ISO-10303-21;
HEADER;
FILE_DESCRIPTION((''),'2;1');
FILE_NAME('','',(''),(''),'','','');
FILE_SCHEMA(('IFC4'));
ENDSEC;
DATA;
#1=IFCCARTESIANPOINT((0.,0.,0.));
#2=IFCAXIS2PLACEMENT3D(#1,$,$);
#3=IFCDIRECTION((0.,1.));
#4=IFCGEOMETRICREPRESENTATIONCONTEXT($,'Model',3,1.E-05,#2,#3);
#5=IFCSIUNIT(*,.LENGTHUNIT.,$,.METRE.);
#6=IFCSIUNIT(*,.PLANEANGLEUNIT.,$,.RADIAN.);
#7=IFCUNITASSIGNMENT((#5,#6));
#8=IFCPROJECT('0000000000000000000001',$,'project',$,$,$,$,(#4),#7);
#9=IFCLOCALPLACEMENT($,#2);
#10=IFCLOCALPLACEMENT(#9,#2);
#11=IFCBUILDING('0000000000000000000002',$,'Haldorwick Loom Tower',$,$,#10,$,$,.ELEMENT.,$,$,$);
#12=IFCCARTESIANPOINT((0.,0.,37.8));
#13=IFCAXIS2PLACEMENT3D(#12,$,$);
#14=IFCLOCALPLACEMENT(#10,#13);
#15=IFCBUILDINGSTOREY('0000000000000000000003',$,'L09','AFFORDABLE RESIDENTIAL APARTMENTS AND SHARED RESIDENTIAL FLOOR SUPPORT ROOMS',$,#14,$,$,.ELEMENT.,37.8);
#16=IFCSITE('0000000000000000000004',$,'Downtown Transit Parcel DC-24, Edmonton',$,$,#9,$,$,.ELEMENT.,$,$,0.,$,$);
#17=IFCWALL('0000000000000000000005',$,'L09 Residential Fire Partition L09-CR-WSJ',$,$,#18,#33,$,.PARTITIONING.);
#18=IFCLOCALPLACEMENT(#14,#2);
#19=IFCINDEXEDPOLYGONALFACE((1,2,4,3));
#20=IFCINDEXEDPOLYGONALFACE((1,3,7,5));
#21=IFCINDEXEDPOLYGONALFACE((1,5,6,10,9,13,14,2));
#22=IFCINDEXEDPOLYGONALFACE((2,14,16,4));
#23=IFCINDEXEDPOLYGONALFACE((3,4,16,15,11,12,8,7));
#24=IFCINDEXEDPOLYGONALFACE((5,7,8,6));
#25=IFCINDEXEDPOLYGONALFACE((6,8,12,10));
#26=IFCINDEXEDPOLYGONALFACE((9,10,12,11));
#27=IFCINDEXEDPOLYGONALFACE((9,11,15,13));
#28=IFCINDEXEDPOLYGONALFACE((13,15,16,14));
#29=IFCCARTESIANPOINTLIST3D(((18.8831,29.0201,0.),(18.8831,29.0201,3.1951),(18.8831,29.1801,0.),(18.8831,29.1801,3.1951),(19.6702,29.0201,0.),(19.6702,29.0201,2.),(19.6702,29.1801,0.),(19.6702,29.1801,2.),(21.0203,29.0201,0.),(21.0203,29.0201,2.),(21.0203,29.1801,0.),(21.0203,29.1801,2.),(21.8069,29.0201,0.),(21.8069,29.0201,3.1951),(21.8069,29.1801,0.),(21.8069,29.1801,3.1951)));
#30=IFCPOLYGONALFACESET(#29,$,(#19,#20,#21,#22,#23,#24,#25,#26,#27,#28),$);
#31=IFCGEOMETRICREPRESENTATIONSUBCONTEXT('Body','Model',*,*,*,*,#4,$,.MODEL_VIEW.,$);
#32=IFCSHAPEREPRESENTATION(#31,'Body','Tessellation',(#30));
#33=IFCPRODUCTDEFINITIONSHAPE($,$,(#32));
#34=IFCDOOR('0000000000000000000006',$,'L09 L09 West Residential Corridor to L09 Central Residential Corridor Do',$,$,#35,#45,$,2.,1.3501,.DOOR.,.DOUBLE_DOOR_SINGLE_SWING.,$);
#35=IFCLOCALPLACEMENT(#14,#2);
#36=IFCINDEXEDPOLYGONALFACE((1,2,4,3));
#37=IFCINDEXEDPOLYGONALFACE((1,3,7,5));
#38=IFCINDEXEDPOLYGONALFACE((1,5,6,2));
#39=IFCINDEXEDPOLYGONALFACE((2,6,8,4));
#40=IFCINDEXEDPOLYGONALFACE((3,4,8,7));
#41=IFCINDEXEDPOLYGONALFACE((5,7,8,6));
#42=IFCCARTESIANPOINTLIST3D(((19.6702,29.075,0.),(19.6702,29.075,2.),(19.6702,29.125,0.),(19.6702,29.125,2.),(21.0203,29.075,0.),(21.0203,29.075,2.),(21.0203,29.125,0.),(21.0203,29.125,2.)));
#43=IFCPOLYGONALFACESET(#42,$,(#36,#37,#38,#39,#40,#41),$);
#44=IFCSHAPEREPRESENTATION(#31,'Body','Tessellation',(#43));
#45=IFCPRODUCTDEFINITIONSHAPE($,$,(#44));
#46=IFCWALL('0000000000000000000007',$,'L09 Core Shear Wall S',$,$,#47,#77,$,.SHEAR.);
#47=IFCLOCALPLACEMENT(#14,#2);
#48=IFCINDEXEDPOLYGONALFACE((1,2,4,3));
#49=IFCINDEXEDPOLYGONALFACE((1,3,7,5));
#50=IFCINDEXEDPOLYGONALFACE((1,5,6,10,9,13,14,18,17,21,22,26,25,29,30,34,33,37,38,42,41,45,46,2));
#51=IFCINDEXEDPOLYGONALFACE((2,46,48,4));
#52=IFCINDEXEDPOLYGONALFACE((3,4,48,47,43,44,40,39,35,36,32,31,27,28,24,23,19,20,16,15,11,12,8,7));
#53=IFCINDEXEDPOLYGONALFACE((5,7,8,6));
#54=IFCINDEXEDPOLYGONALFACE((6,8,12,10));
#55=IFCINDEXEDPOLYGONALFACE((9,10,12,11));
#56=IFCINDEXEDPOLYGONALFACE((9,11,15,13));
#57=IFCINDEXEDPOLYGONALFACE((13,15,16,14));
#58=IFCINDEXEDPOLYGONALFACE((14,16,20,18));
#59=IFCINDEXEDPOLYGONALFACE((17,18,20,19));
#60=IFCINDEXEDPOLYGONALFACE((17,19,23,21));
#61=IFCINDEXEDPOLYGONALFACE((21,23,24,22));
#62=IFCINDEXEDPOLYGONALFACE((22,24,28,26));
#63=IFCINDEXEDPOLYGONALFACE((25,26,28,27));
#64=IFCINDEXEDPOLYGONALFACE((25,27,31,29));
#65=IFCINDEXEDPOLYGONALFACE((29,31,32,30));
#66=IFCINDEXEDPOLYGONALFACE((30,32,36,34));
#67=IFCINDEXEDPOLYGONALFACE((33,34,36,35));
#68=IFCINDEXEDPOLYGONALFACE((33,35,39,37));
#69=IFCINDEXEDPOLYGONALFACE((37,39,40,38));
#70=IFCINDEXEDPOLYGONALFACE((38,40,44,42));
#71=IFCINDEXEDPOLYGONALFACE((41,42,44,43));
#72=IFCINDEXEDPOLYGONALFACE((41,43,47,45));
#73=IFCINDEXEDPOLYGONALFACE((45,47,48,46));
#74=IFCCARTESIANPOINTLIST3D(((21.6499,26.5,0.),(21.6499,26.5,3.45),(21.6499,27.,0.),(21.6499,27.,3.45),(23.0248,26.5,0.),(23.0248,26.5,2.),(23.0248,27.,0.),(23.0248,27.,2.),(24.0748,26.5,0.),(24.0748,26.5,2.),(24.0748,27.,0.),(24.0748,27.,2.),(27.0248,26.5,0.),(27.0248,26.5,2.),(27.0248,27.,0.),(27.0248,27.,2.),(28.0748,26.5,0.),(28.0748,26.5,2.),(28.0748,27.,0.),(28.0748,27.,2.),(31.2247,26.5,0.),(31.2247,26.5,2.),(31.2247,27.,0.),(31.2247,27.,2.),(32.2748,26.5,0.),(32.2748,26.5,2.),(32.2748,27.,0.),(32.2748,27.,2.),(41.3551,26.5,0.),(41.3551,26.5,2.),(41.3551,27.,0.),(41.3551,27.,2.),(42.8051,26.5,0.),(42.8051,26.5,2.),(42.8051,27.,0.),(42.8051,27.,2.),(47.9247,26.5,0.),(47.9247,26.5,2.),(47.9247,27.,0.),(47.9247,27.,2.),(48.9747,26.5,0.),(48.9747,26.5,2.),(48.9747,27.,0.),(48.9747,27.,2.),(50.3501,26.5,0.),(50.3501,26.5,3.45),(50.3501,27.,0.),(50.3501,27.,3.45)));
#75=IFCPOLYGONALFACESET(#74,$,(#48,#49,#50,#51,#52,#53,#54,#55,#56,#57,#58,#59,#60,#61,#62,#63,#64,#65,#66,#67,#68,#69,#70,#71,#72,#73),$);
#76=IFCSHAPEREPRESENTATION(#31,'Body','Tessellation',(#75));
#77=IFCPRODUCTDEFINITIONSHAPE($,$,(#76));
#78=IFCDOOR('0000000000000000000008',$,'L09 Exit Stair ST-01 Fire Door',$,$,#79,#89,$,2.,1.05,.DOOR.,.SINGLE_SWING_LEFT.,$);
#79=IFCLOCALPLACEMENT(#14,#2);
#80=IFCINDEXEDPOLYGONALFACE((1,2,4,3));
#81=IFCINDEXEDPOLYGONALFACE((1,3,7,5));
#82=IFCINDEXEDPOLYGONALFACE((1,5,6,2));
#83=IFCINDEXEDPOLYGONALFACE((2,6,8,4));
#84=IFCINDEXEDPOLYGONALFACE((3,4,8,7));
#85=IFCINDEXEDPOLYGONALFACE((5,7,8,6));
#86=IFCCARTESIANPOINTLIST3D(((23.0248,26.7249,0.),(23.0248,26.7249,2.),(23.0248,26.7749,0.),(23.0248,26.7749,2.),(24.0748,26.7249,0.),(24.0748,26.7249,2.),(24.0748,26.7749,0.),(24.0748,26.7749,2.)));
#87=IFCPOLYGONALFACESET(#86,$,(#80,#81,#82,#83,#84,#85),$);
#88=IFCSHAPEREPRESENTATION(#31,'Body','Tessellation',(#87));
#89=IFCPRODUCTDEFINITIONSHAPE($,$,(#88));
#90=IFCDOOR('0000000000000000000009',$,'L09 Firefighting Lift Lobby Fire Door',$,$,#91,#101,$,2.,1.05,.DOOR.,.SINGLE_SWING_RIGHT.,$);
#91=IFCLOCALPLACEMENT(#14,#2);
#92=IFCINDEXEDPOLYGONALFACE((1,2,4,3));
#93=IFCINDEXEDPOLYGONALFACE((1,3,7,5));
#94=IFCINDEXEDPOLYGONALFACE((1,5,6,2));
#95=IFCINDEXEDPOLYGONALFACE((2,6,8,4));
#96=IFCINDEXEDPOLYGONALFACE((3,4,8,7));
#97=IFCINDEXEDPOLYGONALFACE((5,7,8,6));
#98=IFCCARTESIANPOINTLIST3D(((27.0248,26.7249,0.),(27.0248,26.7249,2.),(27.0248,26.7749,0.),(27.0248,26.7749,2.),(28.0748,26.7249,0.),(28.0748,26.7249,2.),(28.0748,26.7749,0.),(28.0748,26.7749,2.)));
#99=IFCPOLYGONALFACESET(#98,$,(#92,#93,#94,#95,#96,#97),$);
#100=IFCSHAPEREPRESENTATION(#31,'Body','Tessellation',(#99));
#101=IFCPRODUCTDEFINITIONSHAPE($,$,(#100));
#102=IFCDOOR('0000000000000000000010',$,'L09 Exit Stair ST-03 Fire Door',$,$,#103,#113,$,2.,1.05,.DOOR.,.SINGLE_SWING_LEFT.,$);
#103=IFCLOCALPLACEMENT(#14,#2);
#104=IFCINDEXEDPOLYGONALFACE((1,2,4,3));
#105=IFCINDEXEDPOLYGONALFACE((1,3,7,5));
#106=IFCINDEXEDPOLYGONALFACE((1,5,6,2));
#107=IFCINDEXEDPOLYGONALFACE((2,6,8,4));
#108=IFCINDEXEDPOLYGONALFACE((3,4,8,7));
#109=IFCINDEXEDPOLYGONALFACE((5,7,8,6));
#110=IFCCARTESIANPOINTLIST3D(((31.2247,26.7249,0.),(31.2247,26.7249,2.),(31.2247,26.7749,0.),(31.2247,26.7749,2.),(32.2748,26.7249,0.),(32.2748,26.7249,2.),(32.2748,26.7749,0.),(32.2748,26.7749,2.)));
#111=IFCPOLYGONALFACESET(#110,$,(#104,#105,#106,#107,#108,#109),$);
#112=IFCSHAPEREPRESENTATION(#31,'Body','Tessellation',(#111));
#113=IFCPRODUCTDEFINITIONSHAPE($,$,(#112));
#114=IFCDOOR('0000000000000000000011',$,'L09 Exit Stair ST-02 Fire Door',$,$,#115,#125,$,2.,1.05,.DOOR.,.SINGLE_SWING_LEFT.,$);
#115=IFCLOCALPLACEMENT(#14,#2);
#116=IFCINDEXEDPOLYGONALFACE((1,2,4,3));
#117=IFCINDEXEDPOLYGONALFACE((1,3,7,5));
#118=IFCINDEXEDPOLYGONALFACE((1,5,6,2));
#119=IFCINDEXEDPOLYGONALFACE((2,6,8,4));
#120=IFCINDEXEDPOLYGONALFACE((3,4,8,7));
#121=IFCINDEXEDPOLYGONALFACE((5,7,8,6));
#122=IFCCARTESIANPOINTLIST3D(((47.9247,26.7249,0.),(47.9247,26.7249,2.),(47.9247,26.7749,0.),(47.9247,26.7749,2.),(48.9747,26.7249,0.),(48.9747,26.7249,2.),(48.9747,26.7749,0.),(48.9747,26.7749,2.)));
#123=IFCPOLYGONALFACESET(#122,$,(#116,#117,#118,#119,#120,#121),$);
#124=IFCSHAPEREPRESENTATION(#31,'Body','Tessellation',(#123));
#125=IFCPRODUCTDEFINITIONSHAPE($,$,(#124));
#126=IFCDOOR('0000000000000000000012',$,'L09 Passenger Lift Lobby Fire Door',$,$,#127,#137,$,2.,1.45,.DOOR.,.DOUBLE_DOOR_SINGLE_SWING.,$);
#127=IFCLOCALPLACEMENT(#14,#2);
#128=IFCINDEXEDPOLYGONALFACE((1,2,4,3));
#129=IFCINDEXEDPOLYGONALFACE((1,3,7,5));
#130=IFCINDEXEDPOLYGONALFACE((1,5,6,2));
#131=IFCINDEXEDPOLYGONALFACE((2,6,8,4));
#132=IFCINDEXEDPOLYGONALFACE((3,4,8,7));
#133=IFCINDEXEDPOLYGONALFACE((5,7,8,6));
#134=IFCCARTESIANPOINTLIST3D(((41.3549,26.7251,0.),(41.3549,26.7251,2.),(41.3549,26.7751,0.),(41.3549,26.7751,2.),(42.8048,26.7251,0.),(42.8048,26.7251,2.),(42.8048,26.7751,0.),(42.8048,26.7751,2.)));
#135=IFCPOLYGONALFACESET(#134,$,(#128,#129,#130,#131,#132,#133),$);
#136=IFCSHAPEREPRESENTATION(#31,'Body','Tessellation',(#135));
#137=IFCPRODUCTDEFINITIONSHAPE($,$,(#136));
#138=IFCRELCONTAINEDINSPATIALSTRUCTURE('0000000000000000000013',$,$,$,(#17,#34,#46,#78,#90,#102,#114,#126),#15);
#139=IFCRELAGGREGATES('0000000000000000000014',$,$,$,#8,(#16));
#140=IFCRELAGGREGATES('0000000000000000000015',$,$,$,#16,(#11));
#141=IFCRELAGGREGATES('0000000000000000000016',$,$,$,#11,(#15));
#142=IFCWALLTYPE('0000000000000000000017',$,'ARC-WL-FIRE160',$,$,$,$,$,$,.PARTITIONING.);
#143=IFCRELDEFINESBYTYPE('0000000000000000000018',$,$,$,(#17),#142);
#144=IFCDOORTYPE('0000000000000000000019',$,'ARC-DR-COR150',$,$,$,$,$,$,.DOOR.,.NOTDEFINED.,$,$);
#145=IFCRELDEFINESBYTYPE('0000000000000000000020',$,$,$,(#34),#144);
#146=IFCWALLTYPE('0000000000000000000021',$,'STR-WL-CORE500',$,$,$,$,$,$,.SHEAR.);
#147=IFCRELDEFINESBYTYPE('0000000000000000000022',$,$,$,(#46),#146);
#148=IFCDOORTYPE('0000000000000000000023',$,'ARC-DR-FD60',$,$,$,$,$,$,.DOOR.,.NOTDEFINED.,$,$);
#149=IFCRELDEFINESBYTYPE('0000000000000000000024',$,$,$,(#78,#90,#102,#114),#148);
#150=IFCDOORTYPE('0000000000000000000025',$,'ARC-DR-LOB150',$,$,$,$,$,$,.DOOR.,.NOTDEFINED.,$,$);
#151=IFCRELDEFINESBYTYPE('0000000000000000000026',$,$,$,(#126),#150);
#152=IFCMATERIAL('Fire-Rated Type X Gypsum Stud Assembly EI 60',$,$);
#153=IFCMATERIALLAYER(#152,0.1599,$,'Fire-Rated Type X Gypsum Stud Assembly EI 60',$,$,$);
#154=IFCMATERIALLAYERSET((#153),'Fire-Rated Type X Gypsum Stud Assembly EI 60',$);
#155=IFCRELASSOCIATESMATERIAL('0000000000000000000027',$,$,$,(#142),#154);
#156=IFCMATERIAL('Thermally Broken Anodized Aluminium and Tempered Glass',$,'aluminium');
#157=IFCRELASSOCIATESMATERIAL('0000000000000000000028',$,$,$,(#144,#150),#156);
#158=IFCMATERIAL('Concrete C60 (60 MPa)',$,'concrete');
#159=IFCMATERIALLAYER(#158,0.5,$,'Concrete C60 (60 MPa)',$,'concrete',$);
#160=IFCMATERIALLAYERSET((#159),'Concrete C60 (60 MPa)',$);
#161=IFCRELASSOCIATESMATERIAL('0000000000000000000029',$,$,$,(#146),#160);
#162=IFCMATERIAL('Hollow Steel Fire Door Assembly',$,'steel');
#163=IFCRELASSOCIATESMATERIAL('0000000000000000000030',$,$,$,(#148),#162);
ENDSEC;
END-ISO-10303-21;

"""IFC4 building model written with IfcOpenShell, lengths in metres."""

from ifc_helpers import new_model, si_unit, direction, frame, frame_2d, origin, place, context, subcontext, project, spatial, rectangle, extrude, material, layer, layer_set, type_object, element, fill, save


model = new_model("IFC4")

# Units and contexts
model_context = context("Model", 3, precision=1e-05, world=origin(), true_north=direction((0.0, 1.0)))
body_context = subcontext(model_context, "Body", "Model", "MODEL_VIEW")
ifc_project = project(units=[si_unit("LENGTHUNIT", "METRE"), si_unit("PLANEANGLEUNIT", "RADIAN")], contexts=[model_context])

# Site, building, storey
site_placement = place(None, origin())
site = spatial("IfcSite", under=ifc_project, at=site_placement, Name="Downtown Transit Parcel DC-24, Edmonton", CompositionType="ELEMENT", RefElevation=0.0)
building_placement = place(site_placement, origin())
building = spatial("IfcBuilding", under=site, at=building_placement, Name="Haldorwick Loom Tower", CompositionType="ELEMENT")
storey_placement = place(building_placement, frame((0.0, 0.0, 37.8)))
storey = spatial("IfcBuildingStorey", under=building, at=storey_placement, Name="L09", Description="AFFORDABLE RESIDENTIAL APARTMENTS AND SHARED RESIDENTIAL FLOOR SUPPORT ROOMS", CompositionType="ELEMENT", Elevation=37.8)

# Shared definitions
ifc_material_1 = material(Name="Concrete C60 (60 MPa)", Category="concrete")

# Wall, opening, door
ifc_material_2 = material(Name="Fire-Rated Type X Gypsum Stud Assembly EI 60")
ifc_layer_1 = layer(ifc_material_2, 0.1599, Name="Fire-Rated Type X Gypsum Stud Assembly EI 60")
ifc_layer_set_1 = layer_set([ifc_layer_1], Name="Fire-Rated Type X Gypsum Stud Assembly EI 60")
wall_type_1 = type_object("IfcWallType", Name="ARC-WL-FIRE160", PredefinedType="PARTITIONING", material=ifc_layer_set_1)
wall_1_placement = place(storey_placement, frame((18.8831, 29.1001, 0.0), z_axis=(0.0, 0.0, 1.0), x_axis=(1.0, 0.0, 0.0)))
wall_1 = element("IfcWall", 1, at=wall_1_placement, inside=storey, type_object=wall_type_1, Name="L09 Residential Fire Partition L09-CR-WSJ", PredefinedType="PARTITIONING", context=body_context, shape_type="SweptSolid", body=[
    extrude(rectangle(XDim=2.9238, YDim=0.1599, at=frame_2d((1.4619, 0.0))), origin(), (0.0, 0.0, 1.0), 3.1951),
])
opening_1_placement = place(wall_1_placement, frame((0.7871, 0.0, 0.0)))
opening_1 = element("IfcOpeningElement", 2, at=opening_1_placement, cuts=wall_1, PredefinedType="OPENING", context=body_context, shape_type="SweptSolid", body=[
    extrude(rectangle(XDim=1.3501, YDim=2.0, at=frame_2d((0.675, 1.0))), frame((0.0, 0.0898, 0.0), z_axis=(0.0, -1.0, 0.0), x_axis=(1.0, 0.0, 0.0)), (0.0, 0.0, 1.0), 0.1799),
])
ifc_material_3 = material(Name="Thermally Broken Anodized Aluminium and Tempered Glass", Category="aluminium")
door_type_1 = type_object("IfcDoorType", Name="ARC-DR-COR150", OperationType="NOTDEFINED", PredefinedType="DOOR", material=ifc_material_3)
door_1_placement = place(opening_1_placement, origin())
door_1 = element("IfcDoor", 3, at=door_1_placement, inside=storey, type_object=door_type_1, Name="L09 L09 West Residential Corridor to L09 Central Residential Corridor Do", OperationType="DOUBLE_DOOR_SINGLE_SWING", OverallHeight=2.0, OverallWidth=1.3501, PredefinedType="DOOR", context=body_context, shape_type="SweptSolid", body=[
    extrude(rectangle(XDim=1.3501, YDim=2.0, at=frame_2d((0.675, 1.0))), frame((0.0, 0.0249, 0.0), z_axis=(0.0, -1.0, 0.0), x_axis=(1.0, 0.0, 0.0)), (0.0, 0.0, 1.0), 0.05),
])
fill(opening_1, door_1)

# Wall, openings, doors
ifc_layer_2 = layer(ifc_material_1, 0.5, Name="Concrete C60 (60 MPa)", Category="concrete")
ifc_layer_set_2 = layer_set([ifc_layer_2], Name="Concrete C60 (60 MPa)")
wall_type_2 = type_object("IfcWallType", Name="STR-WL-CORE500", PredefinedType="SHEAR", material=ifc_layer_set_2)
wall_2_placement = place(storey_placement, frame((21.6499, 26.75, 0.0), z_axis=(0.0, 0.0, 1.0), x_axis=(1.0, 0.0, 0.0)))
wall_2 = element("IfcWall", 4, at=wall_2_placement, inside=storey, type_object=wall_type_2, Name="L09 Core Shear Wall S", PredefinedType="SHEAR", context=body_context, shape_type="SweptSolid", body=[
    extrude(rectangle(XDim=28.7002, YDim=0.5, at=frame_2d((14.3501, 0.0))), origin(), (0.0, 0.0, 1.0), 3.45),
])
opening_2_placement = place(wall_2_placement, frame((1.375, 0.0, 0.0)))
opening_2 = element("IfcOpeningElement", 5, at=opening_2_placement, cuts=wall_2, PredefinedType="OPENING", context=body_context, shape_type="SweptSolid", body=[
    extrude(rectangle(XDim=1.05, YDim=2.0, at=frame_2d((0.5249, 1.0))), frame((0.0, 0.26, 0.0), z_axis=(0.0, -1.0, 0.0), x_axis=(1.0, 0.0, 0.0)), (0.0, 0.0, 1.0), 0.52),
])
opening_3_placement = place(wall_2_placement, frame((5.375, 0.0, 0.0)))
opening_3 = element("IfcOpeningElement", 6, at=opening_3_placement, cuts=wall_2, PredefinedType="OPENING", context=body_context, shape_type="SweptSolid", body=[
    extrude(rectangle(XDim=1.05, YDim=2.0, at=frame_2d((0.5249, 1.0))), frame((0.0, 0.26, 0.0), z_axis=(0.0, -1.0, 0.0), x_axis=(1.0, 0.0, 0.0)), (0.0, 0.0, 1.0), 0.52),
])
opening_4_placement = place(wall_2_placement, frame((9.575, 0.0, 0.0)))
opening_4 = element("IfcOpeningElement", 7, at=opening_4_placement, cuts=wall_2, PredefinedType="OPENING", context=body_context, shape_type="SweptSolid", body=[
    extrude(rectangle(XDim=1.05, YDim=2.0, at=frame_2d((0.5249, 1.0))), frame((0.0, 0.26, 0.0), z_axis=(0.0, -1.0, 0.0), x_axis=(1.0, 0.0, 0.0)), (0.0, 0.0, 1.0), 0.52),
])
opening_5_placement = place(wall_2_placement, frame((19.7051, 0.0, 0.0)))
opening_5 = element("IfcOpeningElement", 8, at=opening_5_placement, cuts=wall_2, PredefinedType="OPENING", context=body_context, shape_type="SweptSolid", body=[
    extrude(rectangle(XDim=1.45, YDim=2.0, at=frame_2d((0.7251, 1.0))), frame((0.0, 0.26, 0.0), z_axis=(0.0, -1.0, 0.0), x_axis=(1.0, 0.0, 0.0)), (0.0, 0.0, 1.0), 0.52),
])
opening_6_placement = place(wall_2_placement, frame((26.2749, 0.0, 0.0)))
opening_6 = element("IfcOpeningElement", 9, at=opening_6_placement, cuts=wall_2, PredefinedType="OPENING", context=body_context, shape_type="SweptSolid", body=[
    extrude(rectangle(XDim=1.05, YDim=2.0, at=frame_2d((0.5249, 1.0))), frame((0.0, 0.26, 0.0), z_axis=(0.0, -1.0, 0.0), x_axis=(1.0, 0.0, 0.0)), (0.0, 0.0, 1.0), 0.52),
])
ifc_material_4 = material(Name="Hollow Steel Fire Door Assembly", Category="steel")
door_type_2 = type_object("IfcDoorType", Name="ARC-DR-FD60", OperationType="NOTDEFINED", PredefinedType="DOOR", material=ifc_material_4)
door_2_placement = place(opening_2_placement, origin())
door_2 = element("IfcDoor", 10, at=door_2_placement, inside=storey, type_object=door_type_2, Name="L09 Exit Stair ST-01 Fire Door", OperationType="SINGLE_SWING_LEFT", OverallHeight=2.0, OverallWidth=1.05, PredefinedType="DOOR", context=body_context, shape_type="SweptSolid", body=[
    extrude(rectangle(XDim=1.05, YDim=2.0, at=frame_2d((0.5249, 1.0))), frame((0.0, 0.0249, 0.0), z_axis=(0.0, -1.0, 0.0), x_axis=(1.0, 0.0, 0.0)), (0.0, 0.0, 1.0), 0.05),
])
fill(opening_2, door_2)
door_3_placement = place(opening_3_placement, origin())
door_3 = element("IfcDoor", 11, at=door_3_placement, inside=storey, type_object=door_type_2, Name="L09 Firefighting Lift Lobby Fire Door", OperationType="SINGLE_SWING_RIGHT", OverallHeight=2.0, OverallWidth=1.05, PredefinedType="DOOR", context=body_context, shape_type="SweptSolid", body=[
    extrude(rectangle(XDim=1.05, YDim=2.0, at=frame_2d((0.5249, 1.0))), frame((0.0, 0.0249, 0.0), z_axis=(0.0, -1.0, 0.0), x_axis=(1.0, 0.0, 0.0)), (0.0, 0.0, 1.0), 0.05),
])
fill(opening_3, door_3)
door_4_placement = place(opening_4_placement, origin())
door_4 = element("IfcDoor", 12, at=door_4_placement, inside=storey, type_object=door_type_2, Name="L09 Exit Stair ST-03 Fire Door", OperationType="SINGLE_SWING_LEFT", OverallHeight=2.0, OverallWidth=1.05, PredefinedType="DOOR", context=body_context, shape_type="SweptSolid", body=[
    extrude(rectangle(XDim=1.05, YDim=2.0, at=frame_2d((0.5249, 1.0))), frame((0.0, 0.0249, 0.0), z_axis=(0.0, -1.0, 0.0), x_axis=(1.0, 0.0, 0.0)), (0.0, 0.0, 1.0), 0.05),
])
fill(opening_4, door_4)
door_5_placement = place(opening_6_placement, origin())
door_5 = element("IfcDoor", 13, at=door_5_placement, inside=storey, type_object=door_type_2, Name="L09 Exit Stair ST-02 Fire Door", OperationType="SINGLE_SWING_LEFT", OverallHeight=2.0, OverallWidth=1.05, PredefinedType="DOOR", context=body_context, shape_type="SweptSolid", body=[
    extrude(rectangle(XDim=1.05, YDim=2.0, at=frame_2d((0.5249, 1.0))), frame((0.0, 0.0249, 0.0), z_axis=(0.0, -1.0, 0.0), x_axis=(1.0, 0.0, 0.0)), (0.0, 0.0, 1.0), 0.05),
])
fill(opening_6, door_5)
door_type_3 = type_object("IfcDoorType", Name="ARC-DR-LOB150", OperationType="NOTDEFINED", PredefinedType="DOOR", material=ifc_material_3)
door_6_placement = place(opening_5_placement, frame((1.45, 0.0, 0.0), z_axis=(0.0, 0.0, 1.0), x_axis=(-1.0, 0.0, 0.0)))
door_6 = element("IfcDoor", 14, at=door_6_placement, inside=storey, type_object=door_type_3, Name="L09 Passenger Lift Lobby Fire Door", OperationType="DOUBLE_DOOR_SINGLE_SWING", OverallHeight=2.0, OverallWidth=1.45, PredefinedType="DOOR", context=body_context, shape_type="SweptSolid", body=[
    extrude(rectangle(XDim=1.45, YDim=2.0, at=frame_2d((0.7251, 1.0))), frame((0.0, 0.0249, 0.0), z_axis=(0.0, -1.0, 0.0), x_axis=(1.0, 0.0, 0.0)), (0.0, 0.0, 1.0), 0.05),
])
fill(opening_5, door_6)

save(model, "model.ifc")
